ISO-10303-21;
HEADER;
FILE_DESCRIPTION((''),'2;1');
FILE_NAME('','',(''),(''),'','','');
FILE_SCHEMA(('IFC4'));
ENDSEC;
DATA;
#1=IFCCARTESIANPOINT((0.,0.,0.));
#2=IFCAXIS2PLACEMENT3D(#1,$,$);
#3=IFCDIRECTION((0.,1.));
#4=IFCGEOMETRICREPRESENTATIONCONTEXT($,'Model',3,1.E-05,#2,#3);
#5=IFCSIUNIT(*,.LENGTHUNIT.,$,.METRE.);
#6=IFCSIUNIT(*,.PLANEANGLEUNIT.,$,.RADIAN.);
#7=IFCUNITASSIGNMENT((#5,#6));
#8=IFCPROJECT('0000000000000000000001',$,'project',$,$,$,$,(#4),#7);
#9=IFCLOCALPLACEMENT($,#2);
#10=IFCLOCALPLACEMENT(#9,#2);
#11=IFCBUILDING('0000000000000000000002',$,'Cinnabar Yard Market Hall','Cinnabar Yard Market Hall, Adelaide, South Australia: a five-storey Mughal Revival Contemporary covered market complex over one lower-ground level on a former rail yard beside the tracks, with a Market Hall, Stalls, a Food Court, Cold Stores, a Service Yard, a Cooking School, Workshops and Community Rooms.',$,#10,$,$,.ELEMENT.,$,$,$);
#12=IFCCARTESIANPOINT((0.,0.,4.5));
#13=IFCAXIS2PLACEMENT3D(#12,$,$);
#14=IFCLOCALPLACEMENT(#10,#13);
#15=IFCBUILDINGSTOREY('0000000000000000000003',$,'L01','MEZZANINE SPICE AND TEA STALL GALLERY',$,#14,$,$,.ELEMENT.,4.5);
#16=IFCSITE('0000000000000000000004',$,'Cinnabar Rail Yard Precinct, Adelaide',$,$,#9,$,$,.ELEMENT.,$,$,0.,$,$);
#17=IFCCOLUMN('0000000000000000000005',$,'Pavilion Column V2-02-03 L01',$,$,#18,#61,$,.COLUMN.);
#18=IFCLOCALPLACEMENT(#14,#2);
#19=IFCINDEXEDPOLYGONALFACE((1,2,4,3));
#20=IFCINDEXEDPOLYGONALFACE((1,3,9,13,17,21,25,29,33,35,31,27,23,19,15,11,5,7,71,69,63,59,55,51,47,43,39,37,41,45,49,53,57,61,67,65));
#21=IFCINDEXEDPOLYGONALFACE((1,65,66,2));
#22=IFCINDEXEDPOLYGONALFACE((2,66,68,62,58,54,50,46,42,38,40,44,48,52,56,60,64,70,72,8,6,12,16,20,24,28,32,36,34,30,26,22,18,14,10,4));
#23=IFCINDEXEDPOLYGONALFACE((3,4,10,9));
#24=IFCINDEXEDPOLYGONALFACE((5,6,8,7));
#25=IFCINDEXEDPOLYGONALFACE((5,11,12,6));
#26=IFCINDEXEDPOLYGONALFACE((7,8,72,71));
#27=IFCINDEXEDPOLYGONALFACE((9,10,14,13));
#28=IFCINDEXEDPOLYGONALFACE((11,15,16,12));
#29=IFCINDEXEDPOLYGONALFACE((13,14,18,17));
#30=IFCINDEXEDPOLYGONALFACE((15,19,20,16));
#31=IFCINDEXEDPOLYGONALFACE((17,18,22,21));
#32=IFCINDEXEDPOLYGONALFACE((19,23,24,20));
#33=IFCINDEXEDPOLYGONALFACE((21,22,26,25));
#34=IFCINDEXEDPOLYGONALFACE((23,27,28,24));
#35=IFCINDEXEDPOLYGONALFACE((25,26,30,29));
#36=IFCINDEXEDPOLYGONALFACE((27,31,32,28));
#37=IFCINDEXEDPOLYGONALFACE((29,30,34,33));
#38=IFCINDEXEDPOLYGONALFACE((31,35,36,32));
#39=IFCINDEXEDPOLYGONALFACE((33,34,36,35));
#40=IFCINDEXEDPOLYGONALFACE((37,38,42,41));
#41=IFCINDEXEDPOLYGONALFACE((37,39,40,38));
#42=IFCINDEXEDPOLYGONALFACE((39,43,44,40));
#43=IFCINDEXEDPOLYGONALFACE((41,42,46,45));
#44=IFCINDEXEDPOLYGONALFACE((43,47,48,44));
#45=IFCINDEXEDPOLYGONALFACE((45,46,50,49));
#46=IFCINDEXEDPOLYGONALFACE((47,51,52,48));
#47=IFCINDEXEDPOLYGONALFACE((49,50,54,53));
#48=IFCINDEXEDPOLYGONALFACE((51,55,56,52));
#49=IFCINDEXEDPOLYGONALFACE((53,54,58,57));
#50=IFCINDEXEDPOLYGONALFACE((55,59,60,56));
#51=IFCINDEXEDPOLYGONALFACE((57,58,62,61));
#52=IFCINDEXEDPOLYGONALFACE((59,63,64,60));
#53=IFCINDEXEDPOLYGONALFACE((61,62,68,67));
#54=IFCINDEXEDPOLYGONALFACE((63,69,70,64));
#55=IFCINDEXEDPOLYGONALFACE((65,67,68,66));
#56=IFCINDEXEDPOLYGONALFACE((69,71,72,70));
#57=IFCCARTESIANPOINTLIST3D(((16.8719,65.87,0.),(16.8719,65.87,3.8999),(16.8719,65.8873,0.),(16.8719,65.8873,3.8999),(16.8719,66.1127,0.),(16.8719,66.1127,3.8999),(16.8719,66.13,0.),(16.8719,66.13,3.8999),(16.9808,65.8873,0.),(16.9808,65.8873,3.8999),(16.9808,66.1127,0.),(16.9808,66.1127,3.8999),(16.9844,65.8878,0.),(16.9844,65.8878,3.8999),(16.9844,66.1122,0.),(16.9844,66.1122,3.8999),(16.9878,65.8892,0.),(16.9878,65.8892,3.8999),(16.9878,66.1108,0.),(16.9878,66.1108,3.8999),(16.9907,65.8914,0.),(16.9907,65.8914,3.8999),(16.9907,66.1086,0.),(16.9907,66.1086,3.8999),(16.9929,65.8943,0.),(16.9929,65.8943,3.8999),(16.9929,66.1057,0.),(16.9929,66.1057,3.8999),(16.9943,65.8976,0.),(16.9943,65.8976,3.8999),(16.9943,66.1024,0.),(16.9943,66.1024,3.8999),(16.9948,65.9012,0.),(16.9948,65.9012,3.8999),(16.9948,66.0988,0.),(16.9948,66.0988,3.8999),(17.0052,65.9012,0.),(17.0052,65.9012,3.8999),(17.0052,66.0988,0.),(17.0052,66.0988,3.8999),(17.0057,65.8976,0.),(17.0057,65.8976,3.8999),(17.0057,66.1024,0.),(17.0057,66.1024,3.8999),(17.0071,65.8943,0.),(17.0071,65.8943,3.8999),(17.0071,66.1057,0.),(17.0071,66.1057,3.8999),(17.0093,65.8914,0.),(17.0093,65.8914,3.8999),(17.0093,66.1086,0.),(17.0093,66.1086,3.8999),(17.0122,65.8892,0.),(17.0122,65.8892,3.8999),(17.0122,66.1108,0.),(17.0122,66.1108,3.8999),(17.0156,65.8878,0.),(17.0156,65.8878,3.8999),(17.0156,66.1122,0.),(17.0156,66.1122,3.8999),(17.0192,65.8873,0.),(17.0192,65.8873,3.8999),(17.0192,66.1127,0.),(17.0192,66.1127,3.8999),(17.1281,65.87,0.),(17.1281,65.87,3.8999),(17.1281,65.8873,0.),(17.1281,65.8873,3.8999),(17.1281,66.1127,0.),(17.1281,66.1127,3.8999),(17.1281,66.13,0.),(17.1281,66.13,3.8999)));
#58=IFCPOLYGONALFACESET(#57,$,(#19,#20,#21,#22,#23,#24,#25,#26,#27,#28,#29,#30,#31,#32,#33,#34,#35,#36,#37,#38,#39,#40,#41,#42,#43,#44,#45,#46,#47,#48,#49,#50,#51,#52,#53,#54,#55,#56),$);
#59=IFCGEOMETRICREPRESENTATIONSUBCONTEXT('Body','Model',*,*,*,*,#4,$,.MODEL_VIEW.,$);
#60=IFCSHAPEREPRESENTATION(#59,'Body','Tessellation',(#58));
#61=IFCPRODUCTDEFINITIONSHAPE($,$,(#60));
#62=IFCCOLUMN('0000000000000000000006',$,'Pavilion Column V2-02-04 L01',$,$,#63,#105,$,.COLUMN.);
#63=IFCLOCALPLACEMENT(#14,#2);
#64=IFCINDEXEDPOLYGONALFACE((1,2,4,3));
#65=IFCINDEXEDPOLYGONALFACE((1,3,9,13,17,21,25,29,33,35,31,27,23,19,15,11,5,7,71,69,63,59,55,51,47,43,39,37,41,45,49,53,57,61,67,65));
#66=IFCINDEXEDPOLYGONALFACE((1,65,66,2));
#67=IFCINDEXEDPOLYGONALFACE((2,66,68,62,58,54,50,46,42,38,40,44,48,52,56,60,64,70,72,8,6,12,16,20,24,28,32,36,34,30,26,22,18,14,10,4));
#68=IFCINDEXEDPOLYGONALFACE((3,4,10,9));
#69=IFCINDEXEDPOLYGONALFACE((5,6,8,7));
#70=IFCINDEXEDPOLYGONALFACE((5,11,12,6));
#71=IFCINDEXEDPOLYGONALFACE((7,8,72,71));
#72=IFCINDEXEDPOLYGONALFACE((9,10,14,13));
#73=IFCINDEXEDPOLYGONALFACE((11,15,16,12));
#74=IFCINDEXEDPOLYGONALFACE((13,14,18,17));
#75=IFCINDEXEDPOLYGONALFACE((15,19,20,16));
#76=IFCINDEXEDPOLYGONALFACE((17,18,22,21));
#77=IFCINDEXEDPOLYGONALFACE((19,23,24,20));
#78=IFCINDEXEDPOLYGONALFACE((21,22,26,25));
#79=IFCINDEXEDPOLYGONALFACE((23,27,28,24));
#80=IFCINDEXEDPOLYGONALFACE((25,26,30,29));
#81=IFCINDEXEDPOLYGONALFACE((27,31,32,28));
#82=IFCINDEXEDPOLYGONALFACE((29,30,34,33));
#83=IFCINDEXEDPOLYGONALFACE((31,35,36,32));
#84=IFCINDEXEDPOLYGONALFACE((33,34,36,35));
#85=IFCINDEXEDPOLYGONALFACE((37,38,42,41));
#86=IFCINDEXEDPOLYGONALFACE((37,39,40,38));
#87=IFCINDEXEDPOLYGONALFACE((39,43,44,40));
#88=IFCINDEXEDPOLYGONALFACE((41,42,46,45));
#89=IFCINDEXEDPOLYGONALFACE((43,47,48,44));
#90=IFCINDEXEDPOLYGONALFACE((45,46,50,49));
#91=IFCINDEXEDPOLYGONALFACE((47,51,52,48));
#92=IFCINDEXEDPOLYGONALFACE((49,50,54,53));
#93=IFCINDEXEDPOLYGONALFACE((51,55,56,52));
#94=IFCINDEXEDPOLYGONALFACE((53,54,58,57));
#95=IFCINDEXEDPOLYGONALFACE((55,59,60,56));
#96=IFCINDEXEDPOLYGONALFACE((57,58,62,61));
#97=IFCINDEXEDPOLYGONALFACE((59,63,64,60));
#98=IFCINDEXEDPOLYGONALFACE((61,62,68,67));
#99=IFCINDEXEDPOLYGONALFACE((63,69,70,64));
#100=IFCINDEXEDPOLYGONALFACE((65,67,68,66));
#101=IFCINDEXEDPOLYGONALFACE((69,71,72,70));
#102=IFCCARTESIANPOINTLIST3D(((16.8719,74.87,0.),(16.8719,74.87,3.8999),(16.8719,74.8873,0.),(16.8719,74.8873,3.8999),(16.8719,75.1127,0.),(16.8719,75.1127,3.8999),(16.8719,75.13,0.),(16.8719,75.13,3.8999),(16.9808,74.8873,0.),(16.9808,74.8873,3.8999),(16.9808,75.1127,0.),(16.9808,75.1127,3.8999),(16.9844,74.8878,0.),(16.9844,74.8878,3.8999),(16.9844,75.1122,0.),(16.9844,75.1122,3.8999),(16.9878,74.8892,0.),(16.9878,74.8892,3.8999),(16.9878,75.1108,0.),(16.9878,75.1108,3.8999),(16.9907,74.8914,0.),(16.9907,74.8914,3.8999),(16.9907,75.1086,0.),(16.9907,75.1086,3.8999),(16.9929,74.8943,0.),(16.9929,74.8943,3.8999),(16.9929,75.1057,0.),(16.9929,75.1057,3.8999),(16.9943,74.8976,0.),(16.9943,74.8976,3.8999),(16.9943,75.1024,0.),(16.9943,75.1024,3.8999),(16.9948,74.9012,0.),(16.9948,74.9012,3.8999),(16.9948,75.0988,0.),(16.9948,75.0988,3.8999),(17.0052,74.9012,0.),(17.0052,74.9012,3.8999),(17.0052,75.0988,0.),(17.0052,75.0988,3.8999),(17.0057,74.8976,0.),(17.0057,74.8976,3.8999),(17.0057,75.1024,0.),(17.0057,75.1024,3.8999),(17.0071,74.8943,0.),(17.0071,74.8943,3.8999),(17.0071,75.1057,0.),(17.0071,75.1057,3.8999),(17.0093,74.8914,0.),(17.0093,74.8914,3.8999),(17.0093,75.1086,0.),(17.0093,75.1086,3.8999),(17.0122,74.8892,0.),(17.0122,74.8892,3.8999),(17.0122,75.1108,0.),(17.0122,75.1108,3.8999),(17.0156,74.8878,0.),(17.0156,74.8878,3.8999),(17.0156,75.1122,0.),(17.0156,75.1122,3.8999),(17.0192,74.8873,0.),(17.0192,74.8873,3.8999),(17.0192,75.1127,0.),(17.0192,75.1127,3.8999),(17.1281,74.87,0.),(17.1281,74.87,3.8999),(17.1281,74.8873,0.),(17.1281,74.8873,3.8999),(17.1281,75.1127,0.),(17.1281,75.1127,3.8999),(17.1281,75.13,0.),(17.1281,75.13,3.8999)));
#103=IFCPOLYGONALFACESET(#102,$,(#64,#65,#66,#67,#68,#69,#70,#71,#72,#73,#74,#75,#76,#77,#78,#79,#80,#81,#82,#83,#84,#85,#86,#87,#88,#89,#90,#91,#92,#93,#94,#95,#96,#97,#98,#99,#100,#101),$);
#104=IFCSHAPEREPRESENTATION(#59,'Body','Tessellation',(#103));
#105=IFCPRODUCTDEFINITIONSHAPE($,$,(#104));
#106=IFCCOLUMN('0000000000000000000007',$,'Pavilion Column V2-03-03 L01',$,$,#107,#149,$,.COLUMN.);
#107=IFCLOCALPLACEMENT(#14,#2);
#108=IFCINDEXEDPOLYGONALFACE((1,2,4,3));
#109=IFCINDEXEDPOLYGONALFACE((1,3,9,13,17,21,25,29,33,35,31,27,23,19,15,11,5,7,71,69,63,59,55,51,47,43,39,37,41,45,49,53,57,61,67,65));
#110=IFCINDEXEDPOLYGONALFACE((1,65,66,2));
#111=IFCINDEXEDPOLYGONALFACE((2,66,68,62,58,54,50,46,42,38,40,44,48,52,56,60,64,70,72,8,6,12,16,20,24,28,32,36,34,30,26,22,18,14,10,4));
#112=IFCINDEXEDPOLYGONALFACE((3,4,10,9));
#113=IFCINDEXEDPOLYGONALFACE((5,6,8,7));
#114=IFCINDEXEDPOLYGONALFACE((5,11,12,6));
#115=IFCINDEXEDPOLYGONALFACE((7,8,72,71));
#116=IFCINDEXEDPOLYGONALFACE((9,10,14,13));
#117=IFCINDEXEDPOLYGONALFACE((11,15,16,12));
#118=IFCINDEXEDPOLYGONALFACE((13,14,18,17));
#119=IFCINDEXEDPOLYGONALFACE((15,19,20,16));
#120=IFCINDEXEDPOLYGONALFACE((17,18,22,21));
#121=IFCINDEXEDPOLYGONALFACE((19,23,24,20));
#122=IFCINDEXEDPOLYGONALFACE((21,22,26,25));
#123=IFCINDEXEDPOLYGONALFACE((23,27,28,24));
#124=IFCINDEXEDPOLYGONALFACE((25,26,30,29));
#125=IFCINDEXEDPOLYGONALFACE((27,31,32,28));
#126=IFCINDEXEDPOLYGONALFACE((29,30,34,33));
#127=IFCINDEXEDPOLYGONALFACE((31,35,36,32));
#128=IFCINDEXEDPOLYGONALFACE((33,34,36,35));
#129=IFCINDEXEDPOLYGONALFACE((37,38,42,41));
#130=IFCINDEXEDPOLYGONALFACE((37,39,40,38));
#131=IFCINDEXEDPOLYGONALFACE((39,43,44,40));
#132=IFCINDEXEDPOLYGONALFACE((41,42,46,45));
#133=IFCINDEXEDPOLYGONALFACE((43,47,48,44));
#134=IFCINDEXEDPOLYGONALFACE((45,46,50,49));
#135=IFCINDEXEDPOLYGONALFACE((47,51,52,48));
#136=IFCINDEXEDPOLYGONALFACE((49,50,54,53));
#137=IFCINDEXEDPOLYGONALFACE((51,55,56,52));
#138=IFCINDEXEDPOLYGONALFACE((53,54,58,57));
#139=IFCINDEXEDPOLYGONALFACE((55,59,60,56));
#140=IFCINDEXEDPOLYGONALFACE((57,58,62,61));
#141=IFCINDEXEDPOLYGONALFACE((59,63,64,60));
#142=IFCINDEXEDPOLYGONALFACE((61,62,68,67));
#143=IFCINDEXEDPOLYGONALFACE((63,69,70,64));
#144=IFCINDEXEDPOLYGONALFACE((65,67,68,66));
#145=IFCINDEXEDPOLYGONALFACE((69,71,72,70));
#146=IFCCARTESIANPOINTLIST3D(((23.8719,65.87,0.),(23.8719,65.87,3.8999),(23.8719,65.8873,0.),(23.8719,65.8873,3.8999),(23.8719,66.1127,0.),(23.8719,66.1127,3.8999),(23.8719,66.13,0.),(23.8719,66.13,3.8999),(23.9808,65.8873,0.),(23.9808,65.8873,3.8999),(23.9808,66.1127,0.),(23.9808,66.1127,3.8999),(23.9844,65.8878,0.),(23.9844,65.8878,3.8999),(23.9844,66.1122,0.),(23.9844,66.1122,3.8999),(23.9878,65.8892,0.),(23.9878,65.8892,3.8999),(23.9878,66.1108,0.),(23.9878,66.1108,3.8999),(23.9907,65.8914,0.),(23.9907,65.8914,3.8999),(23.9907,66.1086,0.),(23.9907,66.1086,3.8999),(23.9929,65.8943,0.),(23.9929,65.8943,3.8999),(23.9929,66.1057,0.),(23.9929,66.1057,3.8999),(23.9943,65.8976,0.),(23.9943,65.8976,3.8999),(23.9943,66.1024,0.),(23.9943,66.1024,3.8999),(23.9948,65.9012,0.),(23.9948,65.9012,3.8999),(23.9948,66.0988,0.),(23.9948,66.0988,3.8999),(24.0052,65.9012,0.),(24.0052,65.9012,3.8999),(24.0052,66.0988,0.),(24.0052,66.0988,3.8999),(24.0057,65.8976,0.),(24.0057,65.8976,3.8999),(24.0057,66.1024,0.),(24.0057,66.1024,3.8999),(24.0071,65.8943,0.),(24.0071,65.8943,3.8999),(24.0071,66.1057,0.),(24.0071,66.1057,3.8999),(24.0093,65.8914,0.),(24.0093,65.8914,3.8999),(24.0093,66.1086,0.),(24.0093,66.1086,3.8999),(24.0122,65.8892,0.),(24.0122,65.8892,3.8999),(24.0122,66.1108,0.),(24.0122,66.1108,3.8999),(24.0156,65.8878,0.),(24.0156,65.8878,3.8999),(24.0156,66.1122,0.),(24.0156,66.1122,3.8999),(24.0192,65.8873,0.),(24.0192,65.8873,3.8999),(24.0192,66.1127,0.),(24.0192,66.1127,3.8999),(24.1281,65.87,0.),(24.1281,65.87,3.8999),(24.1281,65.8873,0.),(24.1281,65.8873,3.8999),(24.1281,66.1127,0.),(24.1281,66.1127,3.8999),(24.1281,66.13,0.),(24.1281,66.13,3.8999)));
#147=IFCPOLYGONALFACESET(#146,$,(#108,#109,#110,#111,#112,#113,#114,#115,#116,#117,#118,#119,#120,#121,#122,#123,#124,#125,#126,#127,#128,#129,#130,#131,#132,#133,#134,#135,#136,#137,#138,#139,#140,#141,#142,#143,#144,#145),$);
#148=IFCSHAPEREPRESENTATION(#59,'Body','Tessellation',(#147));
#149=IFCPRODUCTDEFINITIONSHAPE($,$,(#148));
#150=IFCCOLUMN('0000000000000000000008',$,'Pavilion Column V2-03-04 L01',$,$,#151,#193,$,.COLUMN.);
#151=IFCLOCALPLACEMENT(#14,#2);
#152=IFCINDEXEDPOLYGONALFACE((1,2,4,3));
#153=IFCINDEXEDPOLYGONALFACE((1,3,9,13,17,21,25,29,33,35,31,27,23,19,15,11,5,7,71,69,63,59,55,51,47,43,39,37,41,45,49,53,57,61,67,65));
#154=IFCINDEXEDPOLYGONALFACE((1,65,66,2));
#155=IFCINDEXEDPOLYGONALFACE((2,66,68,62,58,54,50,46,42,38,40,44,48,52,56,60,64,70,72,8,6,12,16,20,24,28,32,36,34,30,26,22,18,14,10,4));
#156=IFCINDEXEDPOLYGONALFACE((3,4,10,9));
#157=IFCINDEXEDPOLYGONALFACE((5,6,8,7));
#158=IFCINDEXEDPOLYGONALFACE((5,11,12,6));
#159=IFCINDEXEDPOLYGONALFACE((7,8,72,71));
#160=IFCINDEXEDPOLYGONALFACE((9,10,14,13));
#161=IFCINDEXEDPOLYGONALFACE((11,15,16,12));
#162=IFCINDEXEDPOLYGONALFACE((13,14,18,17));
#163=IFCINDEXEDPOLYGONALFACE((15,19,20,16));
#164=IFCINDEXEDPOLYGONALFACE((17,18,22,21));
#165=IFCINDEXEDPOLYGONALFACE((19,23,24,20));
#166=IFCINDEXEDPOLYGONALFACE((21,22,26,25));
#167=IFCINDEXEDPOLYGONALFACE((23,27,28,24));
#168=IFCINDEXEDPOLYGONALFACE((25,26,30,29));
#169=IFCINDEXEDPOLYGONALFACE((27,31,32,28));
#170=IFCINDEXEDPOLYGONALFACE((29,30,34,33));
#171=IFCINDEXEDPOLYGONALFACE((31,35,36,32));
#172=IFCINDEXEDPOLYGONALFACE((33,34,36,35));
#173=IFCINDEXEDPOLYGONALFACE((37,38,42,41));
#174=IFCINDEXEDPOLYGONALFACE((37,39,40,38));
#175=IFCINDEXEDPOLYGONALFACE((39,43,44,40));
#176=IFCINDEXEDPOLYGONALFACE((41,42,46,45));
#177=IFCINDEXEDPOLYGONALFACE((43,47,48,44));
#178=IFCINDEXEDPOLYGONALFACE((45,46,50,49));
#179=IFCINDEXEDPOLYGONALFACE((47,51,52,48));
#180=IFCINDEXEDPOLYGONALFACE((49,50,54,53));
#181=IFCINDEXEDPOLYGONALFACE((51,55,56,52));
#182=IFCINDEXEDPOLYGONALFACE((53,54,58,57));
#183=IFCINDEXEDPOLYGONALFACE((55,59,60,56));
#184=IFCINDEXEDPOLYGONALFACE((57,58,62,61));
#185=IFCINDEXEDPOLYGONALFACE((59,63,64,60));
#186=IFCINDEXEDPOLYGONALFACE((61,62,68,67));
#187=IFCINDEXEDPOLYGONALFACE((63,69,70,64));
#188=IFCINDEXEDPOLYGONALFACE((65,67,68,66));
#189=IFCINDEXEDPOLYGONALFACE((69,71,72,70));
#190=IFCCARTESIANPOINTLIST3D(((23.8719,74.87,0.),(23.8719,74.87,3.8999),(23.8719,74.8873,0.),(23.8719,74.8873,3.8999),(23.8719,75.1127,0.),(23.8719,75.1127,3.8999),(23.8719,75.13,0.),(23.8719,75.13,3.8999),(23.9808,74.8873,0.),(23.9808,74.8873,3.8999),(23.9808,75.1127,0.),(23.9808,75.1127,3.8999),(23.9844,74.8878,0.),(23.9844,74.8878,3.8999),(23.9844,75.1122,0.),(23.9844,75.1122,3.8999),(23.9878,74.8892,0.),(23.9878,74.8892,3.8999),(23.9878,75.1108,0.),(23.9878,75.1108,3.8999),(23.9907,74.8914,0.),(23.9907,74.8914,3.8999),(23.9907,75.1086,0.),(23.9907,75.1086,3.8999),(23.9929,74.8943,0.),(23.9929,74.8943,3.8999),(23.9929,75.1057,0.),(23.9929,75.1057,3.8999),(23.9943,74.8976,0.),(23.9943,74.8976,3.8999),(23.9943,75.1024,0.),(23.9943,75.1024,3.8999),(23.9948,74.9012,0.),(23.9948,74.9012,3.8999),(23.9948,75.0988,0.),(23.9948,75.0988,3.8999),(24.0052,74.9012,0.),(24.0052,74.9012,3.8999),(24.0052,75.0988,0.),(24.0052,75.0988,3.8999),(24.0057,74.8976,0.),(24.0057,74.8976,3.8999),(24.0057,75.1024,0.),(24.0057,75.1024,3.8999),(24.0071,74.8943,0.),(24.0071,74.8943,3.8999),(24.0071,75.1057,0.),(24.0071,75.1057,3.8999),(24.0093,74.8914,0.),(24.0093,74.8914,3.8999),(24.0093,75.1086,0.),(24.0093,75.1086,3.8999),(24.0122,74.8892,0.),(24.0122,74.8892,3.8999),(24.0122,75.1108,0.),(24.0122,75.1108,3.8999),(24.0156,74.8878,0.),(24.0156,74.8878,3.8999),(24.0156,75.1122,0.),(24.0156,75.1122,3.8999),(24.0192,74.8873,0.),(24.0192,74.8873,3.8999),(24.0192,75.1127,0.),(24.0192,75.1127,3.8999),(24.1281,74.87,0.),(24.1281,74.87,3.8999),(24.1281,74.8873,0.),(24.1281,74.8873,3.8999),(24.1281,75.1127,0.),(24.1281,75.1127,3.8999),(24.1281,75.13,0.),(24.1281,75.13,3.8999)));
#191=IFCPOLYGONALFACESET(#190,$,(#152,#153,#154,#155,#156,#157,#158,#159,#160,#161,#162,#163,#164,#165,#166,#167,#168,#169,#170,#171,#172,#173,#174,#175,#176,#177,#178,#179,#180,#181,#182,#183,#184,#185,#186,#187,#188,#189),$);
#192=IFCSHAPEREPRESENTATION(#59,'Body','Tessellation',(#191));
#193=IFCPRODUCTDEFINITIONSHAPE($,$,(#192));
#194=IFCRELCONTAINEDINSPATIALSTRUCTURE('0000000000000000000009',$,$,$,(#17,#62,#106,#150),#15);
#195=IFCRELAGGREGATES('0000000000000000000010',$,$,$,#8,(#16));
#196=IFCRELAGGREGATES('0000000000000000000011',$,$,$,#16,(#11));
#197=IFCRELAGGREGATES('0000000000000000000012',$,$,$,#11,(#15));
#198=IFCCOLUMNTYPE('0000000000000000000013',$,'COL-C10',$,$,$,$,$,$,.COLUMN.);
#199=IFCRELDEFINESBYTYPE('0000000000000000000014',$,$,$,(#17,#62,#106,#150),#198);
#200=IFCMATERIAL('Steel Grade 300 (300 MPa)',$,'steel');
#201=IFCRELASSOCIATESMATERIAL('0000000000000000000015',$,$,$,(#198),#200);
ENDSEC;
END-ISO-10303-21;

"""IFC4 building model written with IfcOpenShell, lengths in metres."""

from ifc_helpers import new_model, si_unit, direction, frame, origin, origin_2d_with_axis, place, context, subcontext, project, spatial, i_section, extrude, material, material_profile, profile_set, type_object, element, save


model = new_model("IFC4")

# Units and contexts
model_context = context("Model", 3, precision=1e-05, world=origin(), true_north=direction((0.0, 1.0)))
body_context = subcontext(model_context, "Body", "Model", "MODEL_VIEW")
ifc_project = project(units=[si_unit("LENGTHUNIT", "METRE"), si_unit("PLANEANGLEUNIT", "RADIAN")], contexts=[model_context])

# Site, building, storey
site_placement = place(None, origin())
site = spatial("IfcSite", under=ifc_project, at=site_placement, Name="Cinnabar Rail Yard Precinct, Adelaide", CompositionType="ELEMENT", RefElevation=0.0)
building_placement = place(site_placement, origin())
building = spatial("IfcBuilding", under=site, at=building_placement, Name="Cinnabar Yard Market Hall", Description="Cinnabar Yard Market Hall, Adelaide, South Australia: a five-storey Mughal Revival Contemporary covered market complex over one lower-ground level on a former rail yard beside the tracks, with a Market Hall, Stalls, a Food Court, Cold Stores, a Service Yard, a Cooking School, Workshops and Community Rooms.", CompositionType="ELEMENT")
storey_placement = place(building_placement, frame((0.0, 0.0, 4.5)))
storey = spatial("IfcBuildingStorey", under=building, at=storey_placement, Name="L01", Description="MEZZANINE SPICE AND TEA STALL GALLERY", CompositionType="ELEMENT", Elevation=4.5)

# Columns
ifc_material_1 = material(Name="Steel Grade 300 (300 MPa)", Category="steel")
ifc_material_profile_1 = material_profile(ifc_material_1, i_section(OverallWidth=0.2561, OverallDepth=0.26, WebThickness=0.0105, FlangeThickness=0.0173, FilletRadius=0.0139, at=origin_2d_with_axis()), Name="250UC89.5")
ifc_profile_set_1 = profile_set([ifc_material_profile_1], Name="Steel Grade 300 (300 MPa)")
column_type_1 = type_object("IfcColumnType", Name="COL-C10", PredefinedType="COLUMN", material=ifc_profile_set_1)
for number, where, z_axis, x_axis, name in (
    (1, (17.0, 66.0, 0.0), (0.0, 0.0, 1.0), (1.0, 0.0, 0.0), "Pavilion Column V2-02-03 L01"),
    (2, (17.0, 75.0, 0.0), (0.0, 0.0, 1.0), (1.0, 0.0, 0.0), "Pavilion Column V2-02-04 L01"),
    (3, (24.0, 66.0, 0.0), (0.0, 0.0, 1.0), (1.0, 0.0, 0.0), "Pavilion Column V2-03-03 L01"),
    (4, (24.0, 75.0, 0.0), (0.0, 0.0, 1.0), (1.0, 0.0, 0.0), "Pavilion Column V2-03-04 L01"),
):
    element("IfcColumn", number, at=place(storey_placement, frame(where, z_axis=z_axis, x_axis=x_axis)), inside=storey, type_object=column_type_1, Name=name, PredefinedType="COLUMN", context=body_context, shape_type="SweptSolid", body=[
        extrude(i_section(OverallWidth=0.2561, OverallDepth=0.26, WebThickness=0.0105, FlangeThickness=0.0173, FilletRadius=0.0139, at=origin_2d_with_axis()), origin(), (0.0, 0.0, 1.0), 3.8999),
    ])

save(model, "model.ifc")
